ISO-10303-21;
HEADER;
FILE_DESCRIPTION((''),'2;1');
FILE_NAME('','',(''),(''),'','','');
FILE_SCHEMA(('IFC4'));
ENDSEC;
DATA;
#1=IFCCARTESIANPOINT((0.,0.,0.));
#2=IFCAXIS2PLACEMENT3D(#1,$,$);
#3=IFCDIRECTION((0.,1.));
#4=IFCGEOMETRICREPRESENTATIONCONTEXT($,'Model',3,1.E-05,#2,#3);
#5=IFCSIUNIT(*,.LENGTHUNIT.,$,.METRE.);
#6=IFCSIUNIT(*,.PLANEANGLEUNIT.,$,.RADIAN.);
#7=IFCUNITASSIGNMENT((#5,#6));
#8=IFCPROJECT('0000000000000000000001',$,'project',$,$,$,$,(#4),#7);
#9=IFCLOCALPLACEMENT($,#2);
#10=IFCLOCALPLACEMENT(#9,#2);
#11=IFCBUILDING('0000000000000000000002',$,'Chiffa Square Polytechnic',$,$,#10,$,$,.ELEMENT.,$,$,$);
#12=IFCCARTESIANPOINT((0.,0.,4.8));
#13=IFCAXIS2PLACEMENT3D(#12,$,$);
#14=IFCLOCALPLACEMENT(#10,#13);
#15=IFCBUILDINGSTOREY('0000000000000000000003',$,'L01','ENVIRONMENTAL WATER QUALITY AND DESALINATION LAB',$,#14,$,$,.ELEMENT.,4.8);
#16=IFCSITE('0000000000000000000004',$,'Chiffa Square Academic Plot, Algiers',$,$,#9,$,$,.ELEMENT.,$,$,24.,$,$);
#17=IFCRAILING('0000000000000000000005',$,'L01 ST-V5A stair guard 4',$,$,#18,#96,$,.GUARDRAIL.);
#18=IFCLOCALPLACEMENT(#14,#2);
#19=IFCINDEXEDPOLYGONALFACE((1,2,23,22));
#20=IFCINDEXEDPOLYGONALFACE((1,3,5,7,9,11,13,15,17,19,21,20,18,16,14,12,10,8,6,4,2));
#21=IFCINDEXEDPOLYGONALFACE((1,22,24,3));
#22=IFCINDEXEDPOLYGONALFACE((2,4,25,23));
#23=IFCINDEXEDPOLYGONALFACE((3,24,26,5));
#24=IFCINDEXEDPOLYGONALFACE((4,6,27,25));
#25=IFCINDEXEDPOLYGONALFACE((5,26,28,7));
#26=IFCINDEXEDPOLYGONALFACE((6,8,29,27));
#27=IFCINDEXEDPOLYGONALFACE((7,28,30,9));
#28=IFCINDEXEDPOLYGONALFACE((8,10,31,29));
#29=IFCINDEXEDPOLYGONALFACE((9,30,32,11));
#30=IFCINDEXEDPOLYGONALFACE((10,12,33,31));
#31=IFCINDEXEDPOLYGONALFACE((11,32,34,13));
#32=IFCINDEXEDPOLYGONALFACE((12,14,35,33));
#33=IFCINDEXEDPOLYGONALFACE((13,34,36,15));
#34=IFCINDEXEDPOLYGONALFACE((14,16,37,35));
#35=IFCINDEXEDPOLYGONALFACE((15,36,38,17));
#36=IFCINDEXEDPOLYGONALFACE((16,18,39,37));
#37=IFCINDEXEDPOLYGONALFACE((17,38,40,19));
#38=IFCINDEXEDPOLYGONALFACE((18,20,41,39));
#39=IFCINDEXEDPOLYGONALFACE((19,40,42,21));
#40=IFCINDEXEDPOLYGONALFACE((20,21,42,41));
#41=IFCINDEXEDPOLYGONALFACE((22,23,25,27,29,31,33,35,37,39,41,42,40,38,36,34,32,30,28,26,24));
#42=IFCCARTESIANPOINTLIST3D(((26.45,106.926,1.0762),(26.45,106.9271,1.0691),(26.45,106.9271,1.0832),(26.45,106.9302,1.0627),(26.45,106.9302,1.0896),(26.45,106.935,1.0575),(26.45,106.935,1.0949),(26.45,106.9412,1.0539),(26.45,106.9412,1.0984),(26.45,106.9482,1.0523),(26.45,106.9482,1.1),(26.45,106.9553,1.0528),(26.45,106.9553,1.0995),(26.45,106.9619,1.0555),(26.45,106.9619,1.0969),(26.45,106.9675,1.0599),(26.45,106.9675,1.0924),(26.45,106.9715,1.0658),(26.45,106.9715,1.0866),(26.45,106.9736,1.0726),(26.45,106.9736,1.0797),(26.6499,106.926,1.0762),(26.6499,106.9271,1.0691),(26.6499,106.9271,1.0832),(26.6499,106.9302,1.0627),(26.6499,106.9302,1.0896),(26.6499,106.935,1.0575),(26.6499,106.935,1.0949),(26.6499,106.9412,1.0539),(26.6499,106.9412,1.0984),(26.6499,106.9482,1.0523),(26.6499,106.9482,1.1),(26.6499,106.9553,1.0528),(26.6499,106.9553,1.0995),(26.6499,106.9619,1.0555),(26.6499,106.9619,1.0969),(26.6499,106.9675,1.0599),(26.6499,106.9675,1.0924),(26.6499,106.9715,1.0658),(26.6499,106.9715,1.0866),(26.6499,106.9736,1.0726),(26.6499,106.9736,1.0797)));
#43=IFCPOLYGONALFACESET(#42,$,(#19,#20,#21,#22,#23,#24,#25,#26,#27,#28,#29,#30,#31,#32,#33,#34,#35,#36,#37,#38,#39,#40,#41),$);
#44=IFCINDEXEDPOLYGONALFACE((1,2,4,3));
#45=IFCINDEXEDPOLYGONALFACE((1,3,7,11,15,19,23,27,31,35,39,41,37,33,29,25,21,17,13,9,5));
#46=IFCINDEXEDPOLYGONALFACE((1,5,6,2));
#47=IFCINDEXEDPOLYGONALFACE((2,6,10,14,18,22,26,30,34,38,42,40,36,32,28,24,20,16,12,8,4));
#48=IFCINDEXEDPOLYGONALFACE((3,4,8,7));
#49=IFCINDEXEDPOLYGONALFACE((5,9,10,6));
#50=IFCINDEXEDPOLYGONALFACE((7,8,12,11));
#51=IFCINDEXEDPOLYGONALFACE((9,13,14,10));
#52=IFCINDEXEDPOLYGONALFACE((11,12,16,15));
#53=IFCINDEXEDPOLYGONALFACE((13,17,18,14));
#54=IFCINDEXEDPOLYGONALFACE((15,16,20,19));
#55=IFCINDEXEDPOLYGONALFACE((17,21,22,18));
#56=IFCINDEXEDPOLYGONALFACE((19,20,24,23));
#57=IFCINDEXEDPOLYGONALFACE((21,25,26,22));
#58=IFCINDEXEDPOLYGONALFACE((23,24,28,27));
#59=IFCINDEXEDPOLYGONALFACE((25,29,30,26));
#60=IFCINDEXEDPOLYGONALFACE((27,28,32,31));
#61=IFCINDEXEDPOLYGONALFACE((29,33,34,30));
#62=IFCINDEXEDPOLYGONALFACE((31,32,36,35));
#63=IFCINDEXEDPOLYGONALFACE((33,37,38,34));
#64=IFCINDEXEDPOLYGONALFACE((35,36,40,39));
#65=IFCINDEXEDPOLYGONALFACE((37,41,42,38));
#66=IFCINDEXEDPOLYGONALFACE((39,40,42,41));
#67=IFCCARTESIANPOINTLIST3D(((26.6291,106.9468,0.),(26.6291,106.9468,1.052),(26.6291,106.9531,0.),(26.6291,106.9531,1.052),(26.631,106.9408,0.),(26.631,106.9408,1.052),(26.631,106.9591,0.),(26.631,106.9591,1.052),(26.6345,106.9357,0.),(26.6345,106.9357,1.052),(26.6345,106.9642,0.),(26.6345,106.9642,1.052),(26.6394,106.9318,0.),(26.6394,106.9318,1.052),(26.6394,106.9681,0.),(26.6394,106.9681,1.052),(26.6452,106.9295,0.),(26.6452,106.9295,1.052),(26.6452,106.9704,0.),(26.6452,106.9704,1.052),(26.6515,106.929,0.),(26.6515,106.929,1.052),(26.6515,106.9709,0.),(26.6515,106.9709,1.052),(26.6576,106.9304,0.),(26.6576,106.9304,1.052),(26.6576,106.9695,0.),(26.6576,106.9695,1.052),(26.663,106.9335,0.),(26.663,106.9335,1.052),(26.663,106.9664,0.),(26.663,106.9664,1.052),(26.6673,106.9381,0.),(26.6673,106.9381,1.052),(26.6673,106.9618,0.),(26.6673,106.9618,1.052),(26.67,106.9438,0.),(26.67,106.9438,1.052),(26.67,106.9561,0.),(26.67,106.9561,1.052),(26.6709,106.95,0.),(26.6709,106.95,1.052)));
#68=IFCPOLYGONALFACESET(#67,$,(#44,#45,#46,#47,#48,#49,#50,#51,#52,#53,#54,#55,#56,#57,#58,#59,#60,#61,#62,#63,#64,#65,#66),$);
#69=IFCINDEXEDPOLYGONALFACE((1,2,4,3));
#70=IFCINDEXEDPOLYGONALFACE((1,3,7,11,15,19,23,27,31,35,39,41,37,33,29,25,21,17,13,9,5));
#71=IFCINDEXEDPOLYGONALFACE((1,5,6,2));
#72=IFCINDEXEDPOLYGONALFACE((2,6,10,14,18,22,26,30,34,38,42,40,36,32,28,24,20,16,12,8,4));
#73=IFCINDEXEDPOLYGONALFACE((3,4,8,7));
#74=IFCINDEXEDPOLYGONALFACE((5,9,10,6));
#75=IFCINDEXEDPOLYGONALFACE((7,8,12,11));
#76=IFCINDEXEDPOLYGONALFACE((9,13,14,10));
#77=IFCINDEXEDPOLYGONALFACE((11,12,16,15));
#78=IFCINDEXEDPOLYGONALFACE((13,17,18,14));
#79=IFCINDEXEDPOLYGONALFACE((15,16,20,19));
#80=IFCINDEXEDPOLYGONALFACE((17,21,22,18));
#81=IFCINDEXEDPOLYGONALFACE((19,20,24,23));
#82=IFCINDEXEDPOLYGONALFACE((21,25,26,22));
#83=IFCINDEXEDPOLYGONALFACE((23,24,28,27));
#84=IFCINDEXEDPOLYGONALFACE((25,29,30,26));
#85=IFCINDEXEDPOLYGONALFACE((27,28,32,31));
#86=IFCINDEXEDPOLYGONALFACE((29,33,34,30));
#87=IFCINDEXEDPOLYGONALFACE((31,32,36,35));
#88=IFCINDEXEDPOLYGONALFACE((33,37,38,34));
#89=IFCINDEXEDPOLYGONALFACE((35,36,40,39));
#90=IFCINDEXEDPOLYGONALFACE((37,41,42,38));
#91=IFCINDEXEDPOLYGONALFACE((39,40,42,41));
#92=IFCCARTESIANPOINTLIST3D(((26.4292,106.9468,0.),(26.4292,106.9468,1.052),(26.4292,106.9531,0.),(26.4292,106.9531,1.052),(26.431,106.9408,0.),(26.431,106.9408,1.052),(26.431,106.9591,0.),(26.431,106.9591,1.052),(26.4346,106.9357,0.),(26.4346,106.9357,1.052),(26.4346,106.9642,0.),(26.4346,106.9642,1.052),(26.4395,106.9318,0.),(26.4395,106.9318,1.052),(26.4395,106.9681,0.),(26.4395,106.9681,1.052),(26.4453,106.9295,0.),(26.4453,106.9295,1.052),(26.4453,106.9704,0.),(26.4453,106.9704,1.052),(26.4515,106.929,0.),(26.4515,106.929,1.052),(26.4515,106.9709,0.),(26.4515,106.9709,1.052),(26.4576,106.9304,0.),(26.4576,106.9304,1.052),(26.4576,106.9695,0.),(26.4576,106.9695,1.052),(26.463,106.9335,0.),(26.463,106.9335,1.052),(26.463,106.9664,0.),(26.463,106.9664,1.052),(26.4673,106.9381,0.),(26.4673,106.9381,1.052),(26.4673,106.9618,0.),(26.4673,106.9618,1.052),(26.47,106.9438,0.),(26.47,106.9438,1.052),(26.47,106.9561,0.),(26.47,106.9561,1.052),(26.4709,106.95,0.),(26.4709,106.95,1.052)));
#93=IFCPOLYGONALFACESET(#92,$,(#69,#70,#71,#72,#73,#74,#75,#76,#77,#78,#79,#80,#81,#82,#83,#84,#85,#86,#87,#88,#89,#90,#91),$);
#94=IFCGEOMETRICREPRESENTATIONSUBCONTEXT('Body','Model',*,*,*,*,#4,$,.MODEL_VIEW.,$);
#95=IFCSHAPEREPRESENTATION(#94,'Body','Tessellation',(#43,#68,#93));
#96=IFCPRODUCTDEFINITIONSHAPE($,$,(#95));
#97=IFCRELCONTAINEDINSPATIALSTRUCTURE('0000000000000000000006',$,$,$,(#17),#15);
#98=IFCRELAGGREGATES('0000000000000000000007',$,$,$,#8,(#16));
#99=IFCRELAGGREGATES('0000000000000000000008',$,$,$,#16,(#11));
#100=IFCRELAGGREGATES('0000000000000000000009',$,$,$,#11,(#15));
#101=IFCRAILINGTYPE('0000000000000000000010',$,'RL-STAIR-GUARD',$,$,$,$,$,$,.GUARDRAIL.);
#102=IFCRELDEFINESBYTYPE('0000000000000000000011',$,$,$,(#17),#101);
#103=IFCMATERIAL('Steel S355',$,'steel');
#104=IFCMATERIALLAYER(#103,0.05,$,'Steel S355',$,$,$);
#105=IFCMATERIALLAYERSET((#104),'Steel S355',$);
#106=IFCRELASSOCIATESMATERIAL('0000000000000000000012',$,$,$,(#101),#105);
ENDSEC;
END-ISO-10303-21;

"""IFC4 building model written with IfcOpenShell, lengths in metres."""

from ifc_helpers import new_model, si_unit, direction, frame, origin, origin_2d, place, context, subcontext, project, spatial, circle, extrude, material, layer, layer_set, type_object, element, save


model = new_model("IFC4")

# Units and contexts
model_context = context("Model", 3, precision=1e-05, world=origin(), true_north=direction((0.0, 1.0)))
body_context = subcontext(model_context, "Body", "Model", "MODEL_VIEW")
ifc_project = project(units=[si_unit("LENGTHUNIT", "METRE"), si_unit("PLANEANGLEUNIT", "RADIAN")], contexts=[model_context])

# Site, building, storey
site_placement = place(None, origin())
site = spatial("IfcSite", under=ifc_project, at=site_placement, Name="Chiffa Square Academic Plot, Algiers", CompositionType="ELEMENT", RefElevation=24.0)
building_placement = place(site_placement, origin())
building = spatial("IfcBuilding", under=site, at=building_placement, Name="Chiffa Square Polytechnic", CompositionType="ELEMENT")
storey_placement = place(building_placement, frame((0.0, 0.0, 4.8)))
storey = spatial("IfcBuildingStorey", under=building, at=storey_placement, Name="L01", Description="ENVIRONMENTAL WATER QUALITY AND DESALINATION LAB", CompositionType="ELEMENT", Elevation=4.8)

# Railing
ifc_material_1 = material(Name="Steel S355", Category="steel")
ifc_layer_1 = layer(ifc_material_1, 0.05, Name="Steel S355")
ifc_layer_set_1 = layer_set([ifc_layer_1], Name="Steel S355")
railing_type_1 = type_object("IfcRailingType", Name="RL-STAIR-GUARD", PredefinedType="GUARDRAIL", material=ifc_layer_set_1)
railing_1_placement = place(storey_placement, frame((26.6499, 106.95, 0.0)))
element("IfcRailing", 1, at=railing_1_placement, inside=storey, type_object=railing_type_1, Name="L01 ST-V5A stair guard 4", PredefinedType="GUARDRAIL", context=body_context, shape_type="SweptSolid", body=[
    extrude(circle(Radius=0.0239, at=origin_2d()), frame((0.0, 0.0, 1.0762), z_axis=(-1.0, 0.0, 0.0), x_axis=(0.0, -1.0, 0.0)), (0.0, 0.0, 1.0), 0.2),
    extrude(circle(Radius=0.021, at=origin_2d()), origin(), (0.0, 0.0, 1.0), 1.052),
    extrude(circle(Radius=0.021, at=origin_2d()), frame((-0.2, 0.0, 0.0)), (0.0, 0.0, 1.0), 1.052),
])

save(model, "model.ifc")
